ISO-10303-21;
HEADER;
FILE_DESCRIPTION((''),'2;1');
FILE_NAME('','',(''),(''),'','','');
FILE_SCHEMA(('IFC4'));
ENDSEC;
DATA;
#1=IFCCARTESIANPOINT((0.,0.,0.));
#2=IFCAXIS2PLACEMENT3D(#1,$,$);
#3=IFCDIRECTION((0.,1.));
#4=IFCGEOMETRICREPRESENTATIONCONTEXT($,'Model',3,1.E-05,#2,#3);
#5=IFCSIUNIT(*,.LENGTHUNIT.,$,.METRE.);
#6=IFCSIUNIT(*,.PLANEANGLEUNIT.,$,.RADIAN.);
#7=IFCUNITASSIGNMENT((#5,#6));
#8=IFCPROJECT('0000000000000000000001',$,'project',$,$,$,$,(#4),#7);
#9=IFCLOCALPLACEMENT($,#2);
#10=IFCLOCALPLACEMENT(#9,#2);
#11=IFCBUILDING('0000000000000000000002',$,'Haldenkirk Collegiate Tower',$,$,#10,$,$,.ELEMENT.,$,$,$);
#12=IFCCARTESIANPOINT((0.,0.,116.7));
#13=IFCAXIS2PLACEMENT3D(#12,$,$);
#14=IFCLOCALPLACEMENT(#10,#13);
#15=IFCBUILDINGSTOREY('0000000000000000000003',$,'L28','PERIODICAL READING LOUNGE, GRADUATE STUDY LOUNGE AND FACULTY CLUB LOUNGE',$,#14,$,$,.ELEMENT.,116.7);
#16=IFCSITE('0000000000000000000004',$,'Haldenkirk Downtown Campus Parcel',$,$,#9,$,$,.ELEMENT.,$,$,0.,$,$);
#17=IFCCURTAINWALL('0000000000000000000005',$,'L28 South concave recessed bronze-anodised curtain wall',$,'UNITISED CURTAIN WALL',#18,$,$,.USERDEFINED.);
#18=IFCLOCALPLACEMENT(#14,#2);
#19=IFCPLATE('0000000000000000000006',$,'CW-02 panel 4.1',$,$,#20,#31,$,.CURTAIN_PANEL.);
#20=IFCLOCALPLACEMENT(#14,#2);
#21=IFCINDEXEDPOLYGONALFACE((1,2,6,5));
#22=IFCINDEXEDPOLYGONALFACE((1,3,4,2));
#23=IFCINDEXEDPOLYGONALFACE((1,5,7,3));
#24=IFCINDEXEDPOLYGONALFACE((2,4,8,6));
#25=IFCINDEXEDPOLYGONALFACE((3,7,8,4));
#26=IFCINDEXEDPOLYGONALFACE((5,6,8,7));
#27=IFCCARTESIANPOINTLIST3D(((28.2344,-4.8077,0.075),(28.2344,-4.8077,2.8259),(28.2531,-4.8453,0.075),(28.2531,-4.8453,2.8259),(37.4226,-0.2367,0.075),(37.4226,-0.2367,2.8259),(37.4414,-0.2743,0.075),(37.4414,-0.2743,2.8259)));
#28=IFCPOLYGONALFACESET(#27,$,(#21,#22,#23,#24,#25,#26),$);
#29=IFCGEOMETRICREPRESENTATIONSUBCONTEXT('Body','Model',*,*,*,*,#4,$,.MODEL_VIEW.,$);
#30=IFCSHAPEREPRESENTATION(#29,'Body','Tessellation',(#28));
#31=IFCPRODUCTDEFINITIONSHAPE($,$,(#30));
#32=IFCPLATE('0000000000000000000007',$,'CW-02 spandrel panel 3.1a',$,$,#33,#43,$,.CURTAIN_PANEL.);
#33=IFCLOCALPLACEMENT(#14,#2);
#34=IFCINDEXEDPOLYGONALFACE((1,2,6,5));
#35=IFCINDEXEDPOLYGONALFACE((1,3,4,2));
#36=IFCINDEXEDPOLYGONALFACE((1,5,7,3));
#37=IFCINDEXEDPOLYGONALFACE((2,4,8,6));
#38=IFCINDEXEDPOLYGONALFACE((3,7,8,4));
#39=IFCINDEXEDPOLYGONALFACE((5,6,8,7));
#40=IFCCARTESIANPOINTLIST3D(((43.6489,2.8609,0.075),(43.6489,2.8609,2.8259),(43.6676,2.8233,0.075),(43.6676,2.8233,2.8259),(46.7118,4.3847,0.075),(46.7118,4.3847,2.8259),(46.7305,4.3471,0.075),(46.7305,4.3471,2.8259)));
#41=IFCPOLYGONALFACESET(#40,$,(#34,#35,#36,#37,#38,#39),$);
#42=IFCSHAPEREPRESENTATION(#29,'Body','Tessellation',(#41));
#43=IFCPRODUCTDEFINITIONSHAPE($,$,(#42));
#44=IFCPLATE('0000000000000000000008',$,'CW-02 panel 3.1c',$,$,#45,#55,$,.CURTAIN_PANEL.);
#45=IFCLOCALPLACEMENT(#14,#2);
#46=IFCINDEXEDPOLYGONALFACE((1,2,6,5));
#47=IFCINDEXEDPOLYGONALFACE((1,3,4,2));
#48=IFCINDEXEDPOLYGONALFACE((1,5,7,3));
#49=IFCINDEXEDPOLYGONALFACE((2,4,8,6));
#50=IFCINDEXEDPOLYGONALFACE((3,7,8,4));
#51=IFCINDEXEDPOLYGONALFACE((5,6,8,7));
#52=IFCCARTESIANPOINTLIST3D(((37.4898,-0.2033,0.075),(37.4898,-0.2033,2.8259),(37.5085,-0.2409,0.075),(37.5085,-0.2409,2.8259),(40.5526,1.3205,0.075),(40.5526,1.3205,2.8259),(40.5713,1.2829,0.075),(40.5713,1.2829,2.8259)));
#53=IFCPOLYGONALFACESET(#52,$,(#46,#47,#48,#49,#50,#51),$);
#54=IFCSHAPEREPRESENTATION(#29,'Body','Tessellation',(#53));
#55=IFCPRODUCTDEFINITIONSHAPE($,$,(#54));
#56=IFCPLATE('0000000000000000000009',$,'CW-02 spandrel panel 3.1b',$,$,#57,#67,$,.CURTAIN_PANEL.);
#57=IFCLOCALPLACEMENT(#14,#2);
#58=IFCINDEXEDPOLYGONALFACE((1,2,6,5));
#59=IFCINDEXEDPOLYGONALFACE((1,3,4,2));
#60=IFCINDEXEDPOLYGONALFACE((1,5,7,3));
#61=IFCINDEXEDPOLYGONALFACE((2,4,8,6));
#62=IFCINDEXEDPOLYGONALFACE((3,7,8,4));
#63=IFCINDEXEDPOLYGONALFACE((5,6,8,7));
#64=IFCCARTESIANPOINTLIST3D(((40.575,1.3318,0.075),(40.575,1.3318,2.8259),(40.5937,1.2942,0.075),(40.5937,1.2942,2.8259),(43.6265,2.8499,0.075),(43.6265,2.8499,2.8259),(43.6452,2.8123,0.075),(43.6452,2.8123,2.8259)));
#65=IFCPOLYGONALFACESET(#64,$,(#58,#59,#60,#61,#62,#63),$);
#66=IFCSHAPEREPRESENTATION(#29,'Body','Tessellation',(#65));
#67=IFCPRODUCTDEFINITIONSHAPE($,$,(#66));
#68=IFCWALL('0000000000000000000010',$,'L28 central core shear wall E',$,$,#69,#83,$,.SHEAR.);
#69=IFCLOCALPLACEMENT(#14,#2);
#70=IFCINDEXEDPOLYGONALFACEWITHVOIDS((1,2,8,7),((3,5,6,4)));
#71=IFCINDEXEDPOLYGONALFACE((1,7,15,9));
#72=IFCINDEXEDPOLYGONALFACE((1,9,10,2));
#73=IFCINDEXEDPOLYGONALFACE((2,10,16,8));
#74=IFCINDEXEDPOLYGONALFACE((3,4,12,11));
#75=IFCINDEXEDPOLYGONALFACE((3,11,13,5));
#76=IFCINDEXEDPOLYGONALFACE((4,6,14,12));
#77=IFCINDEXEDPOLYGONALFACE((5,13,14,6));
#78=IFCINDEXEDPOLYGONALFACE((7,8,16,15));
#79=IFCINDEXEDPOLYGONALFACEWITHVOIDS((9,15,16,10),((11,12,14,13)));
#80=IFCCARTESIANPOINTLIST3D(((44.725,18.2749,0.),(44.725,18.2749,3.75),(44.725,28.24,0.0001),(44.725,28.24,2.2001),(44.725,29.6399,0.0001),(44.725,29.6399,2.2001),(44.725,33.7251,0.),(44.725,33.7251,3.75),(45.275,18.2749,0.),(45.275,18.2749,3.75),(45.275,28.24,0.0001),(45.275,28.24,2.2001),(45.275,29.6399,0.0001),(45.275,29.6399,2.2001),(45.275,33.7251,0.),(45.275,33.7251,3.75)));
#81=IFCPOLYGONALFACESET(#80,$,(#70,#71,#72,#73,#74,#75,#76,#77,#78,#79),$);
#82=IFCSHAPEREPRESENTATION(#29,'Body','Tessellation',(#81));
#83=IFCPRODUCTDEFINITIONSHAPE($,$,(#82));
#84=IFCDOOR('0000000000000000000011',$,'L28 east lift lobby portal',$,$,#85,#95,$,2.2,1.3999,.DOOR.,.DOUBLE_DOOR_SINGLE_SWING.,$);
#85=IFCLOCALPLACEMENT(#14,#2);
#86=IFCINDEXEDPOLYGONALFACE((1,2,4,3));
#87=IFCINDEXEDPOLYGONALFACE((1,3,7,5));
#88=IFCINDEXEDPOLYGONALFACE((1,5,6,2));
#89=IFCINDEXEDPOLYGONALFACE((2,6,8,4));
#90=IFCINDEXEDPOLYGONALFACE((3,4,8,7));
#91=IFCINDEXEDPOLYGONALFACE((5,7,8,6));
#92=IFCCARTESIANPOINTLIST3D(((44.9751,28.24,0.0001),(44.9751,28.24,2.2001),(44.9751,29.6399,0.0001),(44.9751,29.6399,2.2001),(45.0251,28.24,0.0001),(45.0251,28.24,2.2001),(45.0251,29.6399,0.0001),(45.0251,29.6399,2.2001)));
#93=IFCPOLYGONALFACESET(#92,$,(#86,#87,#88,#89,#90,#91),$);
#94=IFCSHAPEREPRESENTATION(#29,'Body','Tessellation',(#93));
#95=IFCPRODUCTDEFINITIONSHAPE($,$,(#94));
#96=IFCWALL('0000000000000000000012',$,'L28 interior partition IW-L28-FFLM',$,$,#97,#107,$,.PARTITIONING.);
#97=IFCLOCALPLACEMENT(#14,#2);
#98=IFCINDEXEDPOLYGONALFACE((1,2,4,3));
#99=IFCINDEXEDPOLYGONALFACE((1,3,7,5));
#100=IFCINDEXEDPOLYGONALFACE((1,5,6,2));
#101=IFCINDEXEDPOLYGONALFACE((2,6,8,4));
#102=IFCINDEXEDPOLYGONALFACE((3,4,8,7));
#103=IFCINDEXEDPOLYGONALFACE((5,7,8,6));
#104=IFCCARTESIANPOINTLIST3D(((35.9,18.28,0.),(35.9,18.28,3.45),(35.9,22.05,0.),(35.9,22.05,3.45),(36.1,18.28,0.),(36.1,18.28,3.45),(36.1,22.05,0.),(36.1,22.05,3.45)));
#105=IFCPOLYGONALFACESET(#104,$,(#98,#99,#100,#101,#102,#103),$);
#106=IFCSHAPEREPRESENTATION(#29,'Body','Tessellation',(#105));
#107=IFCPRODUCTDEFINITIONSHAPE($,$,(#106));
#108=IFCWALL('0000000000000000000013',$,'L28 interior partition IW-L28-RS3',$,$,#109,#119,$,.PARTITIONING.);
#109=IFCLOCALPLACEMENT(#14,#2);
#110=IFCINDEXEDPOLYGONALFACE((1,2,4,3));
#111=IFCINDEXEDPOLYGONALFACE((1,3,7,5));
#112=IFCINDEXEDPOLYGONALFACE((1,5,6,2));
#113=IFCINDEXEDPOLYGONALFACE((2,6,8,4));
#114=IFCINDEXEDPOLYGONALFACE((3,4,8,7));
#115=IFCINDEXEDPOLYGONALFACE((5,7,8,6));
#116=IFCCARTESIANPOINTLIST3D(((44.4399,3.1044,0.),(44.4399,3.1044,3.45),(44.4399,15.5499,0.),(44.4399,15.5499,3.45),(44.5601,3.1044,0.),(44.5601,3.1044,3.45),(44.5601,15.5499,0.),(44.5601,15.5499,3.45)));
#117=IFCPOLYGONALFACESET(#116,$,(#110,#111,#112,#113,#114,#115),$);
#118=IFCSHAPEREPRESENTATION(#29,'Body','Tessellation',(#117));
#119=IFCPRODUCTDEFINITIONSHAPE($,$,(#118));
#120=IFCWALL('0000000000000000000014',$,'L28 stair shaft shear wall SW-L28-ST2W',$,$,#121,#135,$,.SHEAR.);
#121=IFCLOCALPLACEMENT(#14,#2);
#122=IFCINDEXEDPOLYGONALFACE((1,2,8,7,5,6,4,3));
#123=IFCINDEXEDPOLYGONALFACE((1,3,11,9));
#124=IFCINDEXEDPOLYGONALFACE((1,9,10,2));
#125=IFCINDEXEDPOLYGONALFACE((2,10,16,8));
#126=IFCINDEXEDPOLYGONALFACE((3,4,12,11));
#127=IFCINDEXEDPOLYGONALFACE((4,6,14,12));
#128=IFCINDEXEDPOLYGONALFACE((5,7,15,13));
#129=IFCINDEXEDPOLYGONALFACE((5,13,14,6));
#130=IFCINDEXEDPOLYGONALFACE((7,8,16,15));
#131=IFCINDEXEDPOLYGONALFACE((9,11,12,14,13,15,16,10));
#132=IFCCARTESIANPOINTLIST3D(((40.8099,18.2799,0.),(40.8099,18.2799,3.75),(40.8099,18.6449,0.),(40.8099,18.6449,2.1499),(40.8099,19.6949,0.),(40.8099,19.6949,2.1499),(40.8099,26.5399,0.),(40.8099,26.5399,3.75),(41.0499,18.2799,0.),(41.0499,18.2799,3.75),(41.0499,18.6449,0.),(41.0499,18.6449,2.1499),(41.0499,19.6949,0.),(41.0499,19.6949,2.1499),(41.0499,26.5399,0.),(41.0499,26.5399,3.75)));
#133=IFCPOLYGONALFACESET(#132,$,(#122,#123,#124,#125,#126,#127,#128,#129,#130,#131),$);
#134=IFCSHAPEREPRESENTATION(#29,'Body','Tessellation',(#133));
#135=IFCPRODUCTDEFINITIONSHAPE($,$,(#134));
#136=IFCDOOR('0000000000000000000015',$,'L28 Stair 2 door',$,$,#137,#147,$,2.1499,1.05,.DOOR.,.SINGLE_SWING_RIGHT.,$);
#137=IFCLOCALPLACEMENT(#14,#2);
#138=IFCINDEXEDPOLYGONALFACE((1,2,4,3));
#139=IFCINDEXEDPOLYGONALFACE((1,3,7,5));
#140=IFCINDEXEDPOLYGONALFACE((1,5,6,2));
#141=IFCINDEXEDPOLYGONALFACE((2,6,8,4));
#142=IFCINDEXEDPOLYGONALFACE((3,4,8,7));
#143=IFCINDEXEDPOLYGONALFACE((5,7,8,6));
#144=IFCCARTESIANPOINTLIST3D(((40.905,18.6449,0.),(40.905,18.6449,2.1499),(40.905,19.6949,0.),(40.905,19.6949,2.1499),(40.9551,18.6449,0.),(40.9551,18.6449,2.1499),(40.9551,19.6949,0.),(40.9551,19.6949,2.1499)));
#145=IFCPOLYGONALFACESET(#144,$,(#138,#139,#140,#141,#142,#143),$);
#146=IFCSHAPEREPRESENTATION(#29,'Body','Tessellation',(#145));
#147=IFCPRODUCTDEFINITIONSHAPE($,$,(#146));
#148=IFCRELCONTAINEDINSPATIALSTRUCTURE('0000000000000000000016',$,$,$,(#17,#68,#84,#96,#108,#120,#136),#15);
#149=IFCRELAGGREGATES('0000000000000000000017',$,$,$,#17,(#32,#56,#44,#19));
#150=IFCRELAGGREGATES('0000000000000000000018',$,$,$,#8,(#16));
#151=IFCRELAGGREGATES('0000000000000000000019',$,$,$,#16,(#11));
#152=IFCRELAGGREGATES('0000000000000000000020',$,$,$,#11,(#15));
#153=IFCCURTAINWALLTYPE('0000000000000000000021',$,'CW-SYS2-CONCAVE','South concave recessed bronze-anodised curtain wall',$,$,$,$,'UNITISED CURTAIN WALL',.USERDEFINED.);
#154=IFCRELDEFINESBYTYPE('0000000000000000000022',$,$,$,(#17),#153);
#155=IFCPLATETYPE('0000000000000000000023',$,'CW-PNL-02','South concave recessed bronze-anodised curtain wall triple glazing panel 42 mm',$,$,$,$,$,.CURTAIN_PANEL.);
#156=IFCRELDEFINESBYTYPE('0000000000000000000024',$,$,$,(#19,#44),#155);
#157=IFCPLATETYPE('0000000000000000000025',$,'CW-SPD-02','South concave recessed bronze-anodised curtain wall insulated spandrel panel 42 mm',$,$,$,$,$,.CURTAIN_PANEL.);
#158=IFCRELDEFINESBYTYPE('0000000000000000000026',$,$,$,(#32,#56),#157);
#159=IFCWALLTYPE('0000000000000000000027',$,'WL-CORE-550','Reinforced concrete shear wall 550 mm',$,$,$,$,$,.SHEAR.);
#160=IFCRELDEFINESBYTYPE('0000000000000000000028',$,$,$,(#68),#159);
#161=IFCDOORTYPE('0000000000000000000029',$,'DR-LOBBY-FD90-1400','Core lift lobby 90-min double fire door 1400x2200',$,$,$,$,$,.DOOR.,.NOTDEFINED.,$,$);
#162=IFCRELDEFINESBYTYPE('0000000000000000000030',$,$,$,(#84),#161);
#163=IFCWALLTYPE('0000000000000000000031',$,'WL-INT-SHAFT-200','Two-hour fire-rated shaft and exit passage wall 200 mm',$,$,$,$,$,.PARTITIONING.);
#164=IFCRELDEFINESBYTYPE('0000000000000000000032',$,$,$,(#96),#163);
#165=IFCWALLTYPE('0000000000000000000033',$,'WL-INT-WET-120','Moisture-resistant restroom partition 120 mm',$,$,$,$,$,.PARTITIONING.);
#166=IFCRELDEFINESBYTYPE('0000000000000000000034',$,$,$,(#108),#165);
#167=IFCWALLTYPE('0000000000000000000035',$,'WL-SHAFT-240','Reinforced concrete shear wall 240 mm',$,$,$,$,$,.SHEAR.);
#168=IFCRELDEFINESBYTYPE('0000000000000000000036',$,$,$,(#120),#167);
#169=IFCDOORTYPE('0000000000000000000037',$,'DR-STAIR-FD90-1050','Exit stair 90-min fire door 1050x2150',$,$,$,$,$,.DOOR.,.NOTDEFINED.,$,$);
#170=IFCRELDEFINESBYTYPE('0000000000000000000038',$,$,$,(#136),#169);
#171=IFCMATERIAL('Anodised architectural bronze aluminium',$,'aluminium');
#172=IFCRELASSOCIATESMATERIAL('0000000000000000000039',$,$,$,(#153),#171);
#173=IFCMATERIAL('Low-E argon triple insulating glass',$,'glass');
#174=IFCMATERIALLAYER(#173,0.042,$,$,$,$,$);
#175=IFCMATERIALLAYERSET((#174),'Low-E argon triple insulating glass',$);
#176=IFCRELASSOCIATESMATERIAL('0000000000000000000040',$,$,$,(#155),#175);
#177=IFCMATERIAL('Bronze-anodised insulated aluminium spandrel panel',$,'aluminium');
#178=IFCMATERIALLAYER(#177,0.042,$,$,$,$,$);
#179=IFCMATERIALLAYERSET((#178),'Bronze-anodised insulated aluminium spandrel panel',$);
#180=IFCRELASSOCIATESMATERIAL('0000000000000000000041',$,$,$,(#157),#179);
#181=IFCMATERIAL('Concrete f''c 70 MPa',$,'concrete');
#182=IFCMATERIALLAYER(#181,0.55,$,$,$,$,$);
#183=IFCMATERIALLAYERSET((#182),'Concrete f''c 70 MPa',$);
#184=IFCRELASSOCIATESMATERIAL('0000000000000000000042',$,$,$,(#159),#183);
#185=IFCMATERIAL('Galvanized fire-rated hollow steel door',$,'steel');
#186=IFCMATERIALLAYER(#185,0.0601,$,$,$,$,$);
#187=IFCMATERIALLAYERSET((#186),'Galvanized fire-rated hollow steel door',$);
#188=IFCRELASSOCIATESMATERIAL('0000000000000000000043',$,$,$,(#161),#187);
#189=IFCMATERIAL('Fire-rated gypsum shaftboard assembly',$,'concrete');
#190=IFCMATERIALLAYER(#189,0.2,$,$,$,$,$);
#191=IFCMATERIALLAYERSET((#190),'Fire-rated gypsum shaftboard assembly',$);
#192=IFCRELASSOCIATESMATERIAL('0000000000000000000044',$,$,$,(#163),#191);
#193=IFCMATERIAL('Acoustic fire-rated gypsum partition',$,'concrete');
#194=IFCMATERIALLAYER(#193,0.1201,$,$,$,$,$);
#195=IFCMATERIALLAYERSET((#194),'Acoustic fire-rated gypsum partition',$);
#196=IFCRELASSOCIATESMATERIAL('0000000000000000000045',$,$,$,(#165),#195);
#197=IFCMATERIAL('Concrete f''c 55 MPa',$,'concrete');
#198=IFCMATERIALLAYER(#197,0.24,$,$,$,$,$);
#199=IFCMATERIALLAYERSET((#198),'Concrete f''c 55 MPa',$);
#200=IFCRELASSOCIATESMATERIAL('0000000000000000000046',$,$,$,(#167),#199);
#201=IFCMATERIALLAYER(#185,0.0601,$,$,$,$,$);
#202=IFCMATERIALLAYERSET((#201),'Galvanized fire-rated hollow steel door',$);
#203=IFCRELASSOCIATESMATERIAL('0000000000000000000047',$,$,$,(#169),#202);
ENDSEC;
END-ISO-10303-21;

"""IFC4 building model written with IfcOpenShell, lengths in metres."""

from ifc_helpers import new_model, si_unit, direction, frame, frame_2d, origin, origin_2d, place, context, subcontext, project, spatial, rectangle, extrude, source, transform, mapped, material, layer, layer_set, type_object, element, fill, aggregate, save


model = new_model("IFC4")

# Units and contexts
model_context = context("Model", 3, precision=1e-05, world=origin(), true_north=direction((0.0, 1.0)))
body_context = subcontext(model_context, "Body", "Model", "MODEL_VIEW")
ifc_project = project(units=[si_unit("LENGTHUNIT", "METRE"), si_unit("PLANEANGLEUNIT", "RADIAN")], contexts=[model_context])

# Site, building, storey
site_placement = place(None, origin())
site = spatial("IfcSite", under=ifc_project, at=site_placement, Name="Haldenkirk Downtown Campus Parcel", CompositionType="ELEMENT", RefElevation=0.0)
building_placement = place(site_placement, origin())
building = spatial("IfcBuilding", under=site, at=building_placement, Name="Haldenkirk Collegiate Tower", CompositionType="ELEMENT")
storey_placement = place(building_placement, frame((0.0, 0.0, 116.7)))
storey = spatial("IfcBuildingStorey", under=building, at=storey_placement, Name="L28", Description="PERIODICAL READING LOUNGE, GRADUATE STUDY LOUNGE AND FACULTY CLUB LOUNGE", CompositionType="ELEMENT", Elevation=116.7)

# Curtain wall, plates
ifc_material_1 = material(Name="Anodised architectural bronze aluminium", Category="aluminium")
curtain_wall_type = type_object("IfcCurtainWallType", Name="CW-SYS2-CONCAVE", Description="South concave recessed bronze-anodised curtain wall", ElementType="UNITISED CURTAIN WALL", PredefinedType="USERDEFINED", material=ifc_material_1)
curtain_wall_placement = place(storey_placement, origin())
curtain_wall = element("IfcCurtainWall", 1, at=curtain_wall_placement, inside=storey, type_object=curtain_wall_type, Name="L28 South concave recessed bronze-anodised curtain wall", ObjectType="UNITISED CURTAIN WALL", PredefinedType="USERDEFINED")
ifc_material_2 = material(Name="Low-E argon triple insulating glass", Category="glass")
ifc_layer_1 = layer(ifc_material_2, 0.042)
ifc_layer_set_1 = layer_set([ifc_layer_1], Name="Low-E argon triple insulating glass")
plate_type_1 = type_object("IfcPlateType", Name="CW-PNL-02", Description="South concave recessed bronze-anodised curtain wall triple glazing panel 42 mm", PredefinedType="CURTAIN_PANEL", material=ifc_layer_set_1)
shared_shape_1 = source(origin(), body_context, "Body", "SweptSolid", [
    extrude(rectangle(XDim=10.2625, YDim=0.042, at=origin_2d()), origin(), (0.0, 0.0, 1.0), 2.751),
])
plate_1_placement = place(storey_placement, frame((32.8379, -2.541, 0.075), z_axis=(0.0, 0.0, 1.0), x_axis=(-0.895324, -0.445415, 0.0)))
plate_1 = element("IfcPlate", 2, at=plate_1_placement, type_object=plate_type_1, Name="CW-02 panel 4.1", PredefinedType="CURTAIN_PANEL", context=body_context, shape_type="MappedRepresentation", body=[
    mapped(shared_shape_1, transform((0.0, 0.0, 0.0), x_axis=(1.0, 0.0, 0.0), y_axis=(0.0, 1.0, 0.0), z_axis=(0.0, 0.0, 1.0), scale=1.0)),
])
ifc_material_3 = material(Name="Bronze-anodised insulated aluminium spandrel panel", Category="aluminium")
ifc_layer_2 = layer(ifc_material_3, 0.042)
ifc_layer_set_2 = layer_set([ifc_layer_2], Name="Bronze-anodised insulated aluminium spandrel panel")
plate_type_2 = type_object("IfcPlateType", Name="CW-SPD-02", Description="South concave recessed bronze-anodised curtain wall insulated spandrel panel 42 mm", PredefinedType="CURTAIN_PANEL", material=ifc_layer_set_2)
shared_shape_2 = source(origin(), body_context, "Body", "SweptSolid", [
    extrude(rectangle(XDim=3.4209, YDim=0.042, at=origin_2d()), origin(), (0.0, 0.0, 1.0), 2.751),
])
plate_2_placement = place(storey_placement, frame((45.1897, 3.604, 0.075), z_axis=(0.0, 0.0, 1.0), x_axis=(-0.895324, -0.445415, 0.0)))
plate_2 = element("IfcPlate", 3, at=plate_2_placement, type_object=plate_type_2, Name="CW-02 spandrel panel 3.1a", PredefinedType="CURTAIN_PANEL", context=body_context, shape_type="MappedRepresentation", body=[
    mapped(shared_shape_2, transform((0.0, 0.0, 0.0), x_axis=(1.0, 0.0, 0.0), y_axis=(0.0, 1.0, 0.0), z_axis=(0.0, 0.0, 1.0), scale=1.0)),
])
plate_3_placement = place(storey_placement, frame((39.0305, 0.5398, 0.075), z_axis=(0.0, 0.0, 1.0), x_axis=(-0.895324, -0.445415, 0.0)))
plate_3 = element("IfcPlate", 4, at=plate_3_placement, type_object=plate_type_1, Name="CW-02 panel 3.1c", PredefinedType="CURTAIN_PANEL", context=body_context, shape_type="MappedRepresentation", body=[
    mapped(shared_shape_2, transform((0.0, 0.0, 0.0), x_axis=(1.0, 0.0, 0.0), y_axis=(0.0, 1.0, 0.0), z_axis=(0.0, 0.0, 1.0), scale=1.0)),
])
shared_shape_3 = source(origin(), body_context, "Body", "SweptSolid", [
    extrude(rectangle(XDim=3.4082, YDim=0.042, at=origin_2d()), origin(), (0.0, 0.0, 1.0), 2.751),
])
plate_4_placement = place(storey_placement, frame((42.1101, 2.072, 0.075), z_axis=(0.0, 0.0, 1.0), x_axis=(-0.895324, -0.445415, 0.0)))
plate_4 = element("IfcPlate", 5, at=plate_4_placement, type_object=plate_type_2, Name="CW-02 spandrel panel 3.1b", PredefinedType="CURTAIN_PANEL", context=body_context, shape_type="MappedRepresentation", body=[
    mapped(shared_shape_3, transform((0.0, 0.0, 0.0), x_axis=(1.0, 0.0, 0.0), y_axis=(0.0, 1.0, 0.0), z_axis=(0.0, 0.0, 1.0), scale=1.0)),
])
aggregate(curtain_wall, [plate_2, plate_4, plate_3, plate_1])

# Wall, opening, door
ifc_material_4 = material(Name="Concrete f'c 70 MPa", Category="concrete")
ifc_layer_3 = layer(ifc_material_4, 0.55)
ifc_layer_set_3 = layer_set([ifc_layer_3], Name="Concrete f'c 70 MPa")
wall_type_1 = type_object("IfcWallType", Name="WL-CORE-550", Description="Reinforced concrete shear wall 550 mm", PredefinedType="SHEAR", material=ifc_layer_set_3)
wall_1_placement = place(storey_placement, frame((45.0, 18.2749, 0.0), z_axis=(0.0, 0.0, 1.0), x_axis=(0.0, 1.0, 0.0)))
wall_1 = element("IfcWall", 6, at=wall_1_placement, inside=storey, type_object=wall_type_1, Name="L28 central core shear wall E", PredefinedType="SHEAR", context=body_context, shape_type="SweptSolid", body=[
    extrude(rectangle(XDim=15.4502, YDim=0.55, at=frame_2d((7.7251, 0.0))), origin(), (0.0, 0.0, 1.0), 3.75),
])
opening_1_placement = place(wall_1_placement, frame((9.9651, 0.0, 0.0)))
opening_1 = element("IfcOpeningElement", 7, at=opening_1_placement, cuts=wall_1, PredefinedType="OPENING", context=body_context, shape_type="SweptSolid", body=[
    extrude(rectangle(XDim=1.3999, YDim=2.2, at=frame_2d((0.7, 1.1001))), frame((0.0, 0.2849, 0.0), z_axis=(0.0, -1.0, 0.0), x_axis=(1.0, 0.0, 0.0)), (0.0, 0.0, 1.0), 0.5701),
])
ifc_material_5 = material(Name="Galvanized fire-rated hollow steel door", Category="steel")
ifc_layer_4 = layer(ifc_material_5, 0.0601)
ifc_layer_set_4 = layer_set([ifc_layer_4], Name="Galvanized fire-rated hollow steel door")
door_type_1 = type_object("IfcDoorType", Name="DR-LOBBY-FD90-1400", Description="Core lift lobby 90-min double fire door 1400x2200", OperationType="NOTDEFINED", PredefinedType="DOOR", material=ifc_layer_set_4)
door_1_placement = place(opening_1_placement, origin())
door_1 = element("IfcDoor", 8, at=door_1_placement, inside=storey, type_object=door_type_1, Name="L28 east lift lobby portal", OperationType="DOUBLE_DOOR_SINGLE_SWING", OverallHeight=2.2, OverallWidth=1.3999, PredefinedType="DOOR", context=body_context, shape_type="SweptSolid", body=[
    extrude(rectangle(XDim=1.3999, YDim=2.2, at=frame_2d((0.7, 1.1001))), frame((0.0, 0.0249, 0.0), z_axis=(0.0, -1.0, 0.0), x_axis=(1.0, 0.0, 0.0)), (0.0, 0.0, 1.0), 0.05),
])
fill(opening_1, door_1)

# Walls
ifc_material_6 = material(Name="Fire-rated gypsum shaftboard assembly", Category="concrete")
ifc_layer_5 = layer(ifc_material_6, 0.2)
ifc_layer_set_5 = layer_set([ifc_layer_5], Name="Fire-rated gypsum shaftboard assembly")
wall_type_2 = type_object("IfcWallType", Name="WL-INT-SHAFT-200", Description="Two-hour fire-rated shaft and exit passage wall 200 mm", PredefinedType="PARTITIONING", material=ifc_layer_set_5)
wall_2_placement = place(storey_placement, frame((36.0, 18.28, 0.0), z_axis=(0.0, 0.0, 1.0), x_axis=(0.0, 1.0, 0.0)))
element("IfcWall", 9, at=wall_2_placement, inside=storey, type_object=wall_type_2, Name="L28 interior partition IW-L28-FFLM", PredefinedType="PARTITIONING", context=body_context, shape_type="SweptSolid", body=[
    extrude(rectangle(XDim=3.77, YDim=0.2, at=frame_2d((1.885, 0.0))), origin(), (0.0, 0.0, 1.0), 3.45),
])
ifc_material_7 = material(Name="Acoustic fire-rated gypsum partition", Category="concrete")
ifc_layer_6 = layer(ifc_material_7, 0.1201)
ifc_layer_set_6 = layer_set([ifc_layer_6], Name="Acoustic fire-rated gypsum partition")
wall_type_3 = type_object("IfcWallType", Name="WL-INT-WET-120", Description="Moisture-resistant restroom partition 120 mm", PredefinedType="PARTITIONING", material=ifc_layer_set_6)
wall_3_placement = place(storey_placement, frame((44.5, 3.1045, 0.0), z_axis=(0.0, 0.0, 1.0), x_axis=(0.0, 1.0, 0.0)))
element("IfcWall", 10, at=wall_3_placement, inside=storey, type_object=wall_type_3, Name="L28 interior partition IW-L28-RS3", PredefinedType="PARTITIONING", context=body_context, shape_type="SweptSolid", body=[
    extrude(rectangle(XDim=12.4456, YDim=0.1201, at=frame_2d((6.2227, 0.0))), origin(), (0.0, 0.0, 1.0), 3.45),
])

# Wall, opening, door
ifc_material_8 = material(Name="Concrete f'c 55 MPa", Category="concrete")
ifc_layer_7 = layer(ifc_material_8, 0.24)
ifc_layer_set_7 = layer_set([ifc_layer_7], Name="Concrete f'c 55 MPa")
wall_type_4 = type_object("IfcWallType", Name="WL-SHAFT-240", Description="Reinforced concrete shear wall 240 mm", PredefinedType="SHEAR", material=ifc_layer_set_7)
wall_4_placement = place(storey_placement, frame((40.9299, 18.28, 0.0), z_axis=(0.0, 0.0, 1.0), x_axis=(0.0, 1.0, 0.0)))
wall_4 = element("IfcWall", 11, at=wall_4_placement, inside=storey, type_object=wall_type_4, Name="L28 stair shaft shear wall SW-L28-ST2W", PredefinedType="SHEAR", context=body_context, shape_type="SweptSolid", body=[
    extrude(rectangle(XDim=8.26, YDim=0.24, at=frame_2d((4.1299, 0.0))), origin(), (0.0, 0.0, 1.0), 3.75),
])
opening_2_placement = place(wall_4_placement, frame((0.365, 0.0, 0.0)))
opening_2 = element("IfcOpeningElement", 12, at=opening_2_placement, cuts=wall_4, PredefinedType="OPENING", context=body_context, shape_type="SweptSolid", body=[
    extrude(rectangle(XDim=1.05, YDim=2.1499, at=frame_2d((0.5249, 1.075))), frame((0.0, 0.1299, 0.0), z_axis=(0.0, -1.0, 0.0), x_axis=(1.0, 0.0, 0.0)), (0.0, 0.0, 1.0), 0.26),
])
ifc_layer_8 = layer(ifc_material_5, 0.0601)
ifc_layer_set_8 = layer_set([ifc_layer_8], Name="Galvanized fire-rated hollow steel door")
door_type_2 = type_object("IfcDoorType", Name="DR-STAIR-FD90-1050", Description="Exit stair 90-min fire door 1050x2150", OperationType="NOTDEFINED", PredefinedType="DOOR", material=ifc_layer_set_8)
door_2_placement = place(opening_2_placement, origin())
door_2 = element("IfcDoor", 13, at=door_2_placement, inside=storey, type_object=door_type_2, Name="L28 Stair 2 door", OperationType="SINGLE_SWING_RIGHT", OverallHeight=2.1499, OverallWidth=1.05, PredefinedType="DOOR", context=body_context, shape_type="SweptSolid", body=[
    extrude(rectangle(XDim=1.05, YDim=2.1499, at=frame_2d((0.5249, 1.075))), frame((0.0, 0.0249, 0.0), z_axis=(0.0, -1.0, 0.0), x_axis=(1.0, 0.0, 0.0)), (0.0, 0.0, 1.0), 0.05),
])
fill(opening_2, door_2)

save(model, "model.ifc")
